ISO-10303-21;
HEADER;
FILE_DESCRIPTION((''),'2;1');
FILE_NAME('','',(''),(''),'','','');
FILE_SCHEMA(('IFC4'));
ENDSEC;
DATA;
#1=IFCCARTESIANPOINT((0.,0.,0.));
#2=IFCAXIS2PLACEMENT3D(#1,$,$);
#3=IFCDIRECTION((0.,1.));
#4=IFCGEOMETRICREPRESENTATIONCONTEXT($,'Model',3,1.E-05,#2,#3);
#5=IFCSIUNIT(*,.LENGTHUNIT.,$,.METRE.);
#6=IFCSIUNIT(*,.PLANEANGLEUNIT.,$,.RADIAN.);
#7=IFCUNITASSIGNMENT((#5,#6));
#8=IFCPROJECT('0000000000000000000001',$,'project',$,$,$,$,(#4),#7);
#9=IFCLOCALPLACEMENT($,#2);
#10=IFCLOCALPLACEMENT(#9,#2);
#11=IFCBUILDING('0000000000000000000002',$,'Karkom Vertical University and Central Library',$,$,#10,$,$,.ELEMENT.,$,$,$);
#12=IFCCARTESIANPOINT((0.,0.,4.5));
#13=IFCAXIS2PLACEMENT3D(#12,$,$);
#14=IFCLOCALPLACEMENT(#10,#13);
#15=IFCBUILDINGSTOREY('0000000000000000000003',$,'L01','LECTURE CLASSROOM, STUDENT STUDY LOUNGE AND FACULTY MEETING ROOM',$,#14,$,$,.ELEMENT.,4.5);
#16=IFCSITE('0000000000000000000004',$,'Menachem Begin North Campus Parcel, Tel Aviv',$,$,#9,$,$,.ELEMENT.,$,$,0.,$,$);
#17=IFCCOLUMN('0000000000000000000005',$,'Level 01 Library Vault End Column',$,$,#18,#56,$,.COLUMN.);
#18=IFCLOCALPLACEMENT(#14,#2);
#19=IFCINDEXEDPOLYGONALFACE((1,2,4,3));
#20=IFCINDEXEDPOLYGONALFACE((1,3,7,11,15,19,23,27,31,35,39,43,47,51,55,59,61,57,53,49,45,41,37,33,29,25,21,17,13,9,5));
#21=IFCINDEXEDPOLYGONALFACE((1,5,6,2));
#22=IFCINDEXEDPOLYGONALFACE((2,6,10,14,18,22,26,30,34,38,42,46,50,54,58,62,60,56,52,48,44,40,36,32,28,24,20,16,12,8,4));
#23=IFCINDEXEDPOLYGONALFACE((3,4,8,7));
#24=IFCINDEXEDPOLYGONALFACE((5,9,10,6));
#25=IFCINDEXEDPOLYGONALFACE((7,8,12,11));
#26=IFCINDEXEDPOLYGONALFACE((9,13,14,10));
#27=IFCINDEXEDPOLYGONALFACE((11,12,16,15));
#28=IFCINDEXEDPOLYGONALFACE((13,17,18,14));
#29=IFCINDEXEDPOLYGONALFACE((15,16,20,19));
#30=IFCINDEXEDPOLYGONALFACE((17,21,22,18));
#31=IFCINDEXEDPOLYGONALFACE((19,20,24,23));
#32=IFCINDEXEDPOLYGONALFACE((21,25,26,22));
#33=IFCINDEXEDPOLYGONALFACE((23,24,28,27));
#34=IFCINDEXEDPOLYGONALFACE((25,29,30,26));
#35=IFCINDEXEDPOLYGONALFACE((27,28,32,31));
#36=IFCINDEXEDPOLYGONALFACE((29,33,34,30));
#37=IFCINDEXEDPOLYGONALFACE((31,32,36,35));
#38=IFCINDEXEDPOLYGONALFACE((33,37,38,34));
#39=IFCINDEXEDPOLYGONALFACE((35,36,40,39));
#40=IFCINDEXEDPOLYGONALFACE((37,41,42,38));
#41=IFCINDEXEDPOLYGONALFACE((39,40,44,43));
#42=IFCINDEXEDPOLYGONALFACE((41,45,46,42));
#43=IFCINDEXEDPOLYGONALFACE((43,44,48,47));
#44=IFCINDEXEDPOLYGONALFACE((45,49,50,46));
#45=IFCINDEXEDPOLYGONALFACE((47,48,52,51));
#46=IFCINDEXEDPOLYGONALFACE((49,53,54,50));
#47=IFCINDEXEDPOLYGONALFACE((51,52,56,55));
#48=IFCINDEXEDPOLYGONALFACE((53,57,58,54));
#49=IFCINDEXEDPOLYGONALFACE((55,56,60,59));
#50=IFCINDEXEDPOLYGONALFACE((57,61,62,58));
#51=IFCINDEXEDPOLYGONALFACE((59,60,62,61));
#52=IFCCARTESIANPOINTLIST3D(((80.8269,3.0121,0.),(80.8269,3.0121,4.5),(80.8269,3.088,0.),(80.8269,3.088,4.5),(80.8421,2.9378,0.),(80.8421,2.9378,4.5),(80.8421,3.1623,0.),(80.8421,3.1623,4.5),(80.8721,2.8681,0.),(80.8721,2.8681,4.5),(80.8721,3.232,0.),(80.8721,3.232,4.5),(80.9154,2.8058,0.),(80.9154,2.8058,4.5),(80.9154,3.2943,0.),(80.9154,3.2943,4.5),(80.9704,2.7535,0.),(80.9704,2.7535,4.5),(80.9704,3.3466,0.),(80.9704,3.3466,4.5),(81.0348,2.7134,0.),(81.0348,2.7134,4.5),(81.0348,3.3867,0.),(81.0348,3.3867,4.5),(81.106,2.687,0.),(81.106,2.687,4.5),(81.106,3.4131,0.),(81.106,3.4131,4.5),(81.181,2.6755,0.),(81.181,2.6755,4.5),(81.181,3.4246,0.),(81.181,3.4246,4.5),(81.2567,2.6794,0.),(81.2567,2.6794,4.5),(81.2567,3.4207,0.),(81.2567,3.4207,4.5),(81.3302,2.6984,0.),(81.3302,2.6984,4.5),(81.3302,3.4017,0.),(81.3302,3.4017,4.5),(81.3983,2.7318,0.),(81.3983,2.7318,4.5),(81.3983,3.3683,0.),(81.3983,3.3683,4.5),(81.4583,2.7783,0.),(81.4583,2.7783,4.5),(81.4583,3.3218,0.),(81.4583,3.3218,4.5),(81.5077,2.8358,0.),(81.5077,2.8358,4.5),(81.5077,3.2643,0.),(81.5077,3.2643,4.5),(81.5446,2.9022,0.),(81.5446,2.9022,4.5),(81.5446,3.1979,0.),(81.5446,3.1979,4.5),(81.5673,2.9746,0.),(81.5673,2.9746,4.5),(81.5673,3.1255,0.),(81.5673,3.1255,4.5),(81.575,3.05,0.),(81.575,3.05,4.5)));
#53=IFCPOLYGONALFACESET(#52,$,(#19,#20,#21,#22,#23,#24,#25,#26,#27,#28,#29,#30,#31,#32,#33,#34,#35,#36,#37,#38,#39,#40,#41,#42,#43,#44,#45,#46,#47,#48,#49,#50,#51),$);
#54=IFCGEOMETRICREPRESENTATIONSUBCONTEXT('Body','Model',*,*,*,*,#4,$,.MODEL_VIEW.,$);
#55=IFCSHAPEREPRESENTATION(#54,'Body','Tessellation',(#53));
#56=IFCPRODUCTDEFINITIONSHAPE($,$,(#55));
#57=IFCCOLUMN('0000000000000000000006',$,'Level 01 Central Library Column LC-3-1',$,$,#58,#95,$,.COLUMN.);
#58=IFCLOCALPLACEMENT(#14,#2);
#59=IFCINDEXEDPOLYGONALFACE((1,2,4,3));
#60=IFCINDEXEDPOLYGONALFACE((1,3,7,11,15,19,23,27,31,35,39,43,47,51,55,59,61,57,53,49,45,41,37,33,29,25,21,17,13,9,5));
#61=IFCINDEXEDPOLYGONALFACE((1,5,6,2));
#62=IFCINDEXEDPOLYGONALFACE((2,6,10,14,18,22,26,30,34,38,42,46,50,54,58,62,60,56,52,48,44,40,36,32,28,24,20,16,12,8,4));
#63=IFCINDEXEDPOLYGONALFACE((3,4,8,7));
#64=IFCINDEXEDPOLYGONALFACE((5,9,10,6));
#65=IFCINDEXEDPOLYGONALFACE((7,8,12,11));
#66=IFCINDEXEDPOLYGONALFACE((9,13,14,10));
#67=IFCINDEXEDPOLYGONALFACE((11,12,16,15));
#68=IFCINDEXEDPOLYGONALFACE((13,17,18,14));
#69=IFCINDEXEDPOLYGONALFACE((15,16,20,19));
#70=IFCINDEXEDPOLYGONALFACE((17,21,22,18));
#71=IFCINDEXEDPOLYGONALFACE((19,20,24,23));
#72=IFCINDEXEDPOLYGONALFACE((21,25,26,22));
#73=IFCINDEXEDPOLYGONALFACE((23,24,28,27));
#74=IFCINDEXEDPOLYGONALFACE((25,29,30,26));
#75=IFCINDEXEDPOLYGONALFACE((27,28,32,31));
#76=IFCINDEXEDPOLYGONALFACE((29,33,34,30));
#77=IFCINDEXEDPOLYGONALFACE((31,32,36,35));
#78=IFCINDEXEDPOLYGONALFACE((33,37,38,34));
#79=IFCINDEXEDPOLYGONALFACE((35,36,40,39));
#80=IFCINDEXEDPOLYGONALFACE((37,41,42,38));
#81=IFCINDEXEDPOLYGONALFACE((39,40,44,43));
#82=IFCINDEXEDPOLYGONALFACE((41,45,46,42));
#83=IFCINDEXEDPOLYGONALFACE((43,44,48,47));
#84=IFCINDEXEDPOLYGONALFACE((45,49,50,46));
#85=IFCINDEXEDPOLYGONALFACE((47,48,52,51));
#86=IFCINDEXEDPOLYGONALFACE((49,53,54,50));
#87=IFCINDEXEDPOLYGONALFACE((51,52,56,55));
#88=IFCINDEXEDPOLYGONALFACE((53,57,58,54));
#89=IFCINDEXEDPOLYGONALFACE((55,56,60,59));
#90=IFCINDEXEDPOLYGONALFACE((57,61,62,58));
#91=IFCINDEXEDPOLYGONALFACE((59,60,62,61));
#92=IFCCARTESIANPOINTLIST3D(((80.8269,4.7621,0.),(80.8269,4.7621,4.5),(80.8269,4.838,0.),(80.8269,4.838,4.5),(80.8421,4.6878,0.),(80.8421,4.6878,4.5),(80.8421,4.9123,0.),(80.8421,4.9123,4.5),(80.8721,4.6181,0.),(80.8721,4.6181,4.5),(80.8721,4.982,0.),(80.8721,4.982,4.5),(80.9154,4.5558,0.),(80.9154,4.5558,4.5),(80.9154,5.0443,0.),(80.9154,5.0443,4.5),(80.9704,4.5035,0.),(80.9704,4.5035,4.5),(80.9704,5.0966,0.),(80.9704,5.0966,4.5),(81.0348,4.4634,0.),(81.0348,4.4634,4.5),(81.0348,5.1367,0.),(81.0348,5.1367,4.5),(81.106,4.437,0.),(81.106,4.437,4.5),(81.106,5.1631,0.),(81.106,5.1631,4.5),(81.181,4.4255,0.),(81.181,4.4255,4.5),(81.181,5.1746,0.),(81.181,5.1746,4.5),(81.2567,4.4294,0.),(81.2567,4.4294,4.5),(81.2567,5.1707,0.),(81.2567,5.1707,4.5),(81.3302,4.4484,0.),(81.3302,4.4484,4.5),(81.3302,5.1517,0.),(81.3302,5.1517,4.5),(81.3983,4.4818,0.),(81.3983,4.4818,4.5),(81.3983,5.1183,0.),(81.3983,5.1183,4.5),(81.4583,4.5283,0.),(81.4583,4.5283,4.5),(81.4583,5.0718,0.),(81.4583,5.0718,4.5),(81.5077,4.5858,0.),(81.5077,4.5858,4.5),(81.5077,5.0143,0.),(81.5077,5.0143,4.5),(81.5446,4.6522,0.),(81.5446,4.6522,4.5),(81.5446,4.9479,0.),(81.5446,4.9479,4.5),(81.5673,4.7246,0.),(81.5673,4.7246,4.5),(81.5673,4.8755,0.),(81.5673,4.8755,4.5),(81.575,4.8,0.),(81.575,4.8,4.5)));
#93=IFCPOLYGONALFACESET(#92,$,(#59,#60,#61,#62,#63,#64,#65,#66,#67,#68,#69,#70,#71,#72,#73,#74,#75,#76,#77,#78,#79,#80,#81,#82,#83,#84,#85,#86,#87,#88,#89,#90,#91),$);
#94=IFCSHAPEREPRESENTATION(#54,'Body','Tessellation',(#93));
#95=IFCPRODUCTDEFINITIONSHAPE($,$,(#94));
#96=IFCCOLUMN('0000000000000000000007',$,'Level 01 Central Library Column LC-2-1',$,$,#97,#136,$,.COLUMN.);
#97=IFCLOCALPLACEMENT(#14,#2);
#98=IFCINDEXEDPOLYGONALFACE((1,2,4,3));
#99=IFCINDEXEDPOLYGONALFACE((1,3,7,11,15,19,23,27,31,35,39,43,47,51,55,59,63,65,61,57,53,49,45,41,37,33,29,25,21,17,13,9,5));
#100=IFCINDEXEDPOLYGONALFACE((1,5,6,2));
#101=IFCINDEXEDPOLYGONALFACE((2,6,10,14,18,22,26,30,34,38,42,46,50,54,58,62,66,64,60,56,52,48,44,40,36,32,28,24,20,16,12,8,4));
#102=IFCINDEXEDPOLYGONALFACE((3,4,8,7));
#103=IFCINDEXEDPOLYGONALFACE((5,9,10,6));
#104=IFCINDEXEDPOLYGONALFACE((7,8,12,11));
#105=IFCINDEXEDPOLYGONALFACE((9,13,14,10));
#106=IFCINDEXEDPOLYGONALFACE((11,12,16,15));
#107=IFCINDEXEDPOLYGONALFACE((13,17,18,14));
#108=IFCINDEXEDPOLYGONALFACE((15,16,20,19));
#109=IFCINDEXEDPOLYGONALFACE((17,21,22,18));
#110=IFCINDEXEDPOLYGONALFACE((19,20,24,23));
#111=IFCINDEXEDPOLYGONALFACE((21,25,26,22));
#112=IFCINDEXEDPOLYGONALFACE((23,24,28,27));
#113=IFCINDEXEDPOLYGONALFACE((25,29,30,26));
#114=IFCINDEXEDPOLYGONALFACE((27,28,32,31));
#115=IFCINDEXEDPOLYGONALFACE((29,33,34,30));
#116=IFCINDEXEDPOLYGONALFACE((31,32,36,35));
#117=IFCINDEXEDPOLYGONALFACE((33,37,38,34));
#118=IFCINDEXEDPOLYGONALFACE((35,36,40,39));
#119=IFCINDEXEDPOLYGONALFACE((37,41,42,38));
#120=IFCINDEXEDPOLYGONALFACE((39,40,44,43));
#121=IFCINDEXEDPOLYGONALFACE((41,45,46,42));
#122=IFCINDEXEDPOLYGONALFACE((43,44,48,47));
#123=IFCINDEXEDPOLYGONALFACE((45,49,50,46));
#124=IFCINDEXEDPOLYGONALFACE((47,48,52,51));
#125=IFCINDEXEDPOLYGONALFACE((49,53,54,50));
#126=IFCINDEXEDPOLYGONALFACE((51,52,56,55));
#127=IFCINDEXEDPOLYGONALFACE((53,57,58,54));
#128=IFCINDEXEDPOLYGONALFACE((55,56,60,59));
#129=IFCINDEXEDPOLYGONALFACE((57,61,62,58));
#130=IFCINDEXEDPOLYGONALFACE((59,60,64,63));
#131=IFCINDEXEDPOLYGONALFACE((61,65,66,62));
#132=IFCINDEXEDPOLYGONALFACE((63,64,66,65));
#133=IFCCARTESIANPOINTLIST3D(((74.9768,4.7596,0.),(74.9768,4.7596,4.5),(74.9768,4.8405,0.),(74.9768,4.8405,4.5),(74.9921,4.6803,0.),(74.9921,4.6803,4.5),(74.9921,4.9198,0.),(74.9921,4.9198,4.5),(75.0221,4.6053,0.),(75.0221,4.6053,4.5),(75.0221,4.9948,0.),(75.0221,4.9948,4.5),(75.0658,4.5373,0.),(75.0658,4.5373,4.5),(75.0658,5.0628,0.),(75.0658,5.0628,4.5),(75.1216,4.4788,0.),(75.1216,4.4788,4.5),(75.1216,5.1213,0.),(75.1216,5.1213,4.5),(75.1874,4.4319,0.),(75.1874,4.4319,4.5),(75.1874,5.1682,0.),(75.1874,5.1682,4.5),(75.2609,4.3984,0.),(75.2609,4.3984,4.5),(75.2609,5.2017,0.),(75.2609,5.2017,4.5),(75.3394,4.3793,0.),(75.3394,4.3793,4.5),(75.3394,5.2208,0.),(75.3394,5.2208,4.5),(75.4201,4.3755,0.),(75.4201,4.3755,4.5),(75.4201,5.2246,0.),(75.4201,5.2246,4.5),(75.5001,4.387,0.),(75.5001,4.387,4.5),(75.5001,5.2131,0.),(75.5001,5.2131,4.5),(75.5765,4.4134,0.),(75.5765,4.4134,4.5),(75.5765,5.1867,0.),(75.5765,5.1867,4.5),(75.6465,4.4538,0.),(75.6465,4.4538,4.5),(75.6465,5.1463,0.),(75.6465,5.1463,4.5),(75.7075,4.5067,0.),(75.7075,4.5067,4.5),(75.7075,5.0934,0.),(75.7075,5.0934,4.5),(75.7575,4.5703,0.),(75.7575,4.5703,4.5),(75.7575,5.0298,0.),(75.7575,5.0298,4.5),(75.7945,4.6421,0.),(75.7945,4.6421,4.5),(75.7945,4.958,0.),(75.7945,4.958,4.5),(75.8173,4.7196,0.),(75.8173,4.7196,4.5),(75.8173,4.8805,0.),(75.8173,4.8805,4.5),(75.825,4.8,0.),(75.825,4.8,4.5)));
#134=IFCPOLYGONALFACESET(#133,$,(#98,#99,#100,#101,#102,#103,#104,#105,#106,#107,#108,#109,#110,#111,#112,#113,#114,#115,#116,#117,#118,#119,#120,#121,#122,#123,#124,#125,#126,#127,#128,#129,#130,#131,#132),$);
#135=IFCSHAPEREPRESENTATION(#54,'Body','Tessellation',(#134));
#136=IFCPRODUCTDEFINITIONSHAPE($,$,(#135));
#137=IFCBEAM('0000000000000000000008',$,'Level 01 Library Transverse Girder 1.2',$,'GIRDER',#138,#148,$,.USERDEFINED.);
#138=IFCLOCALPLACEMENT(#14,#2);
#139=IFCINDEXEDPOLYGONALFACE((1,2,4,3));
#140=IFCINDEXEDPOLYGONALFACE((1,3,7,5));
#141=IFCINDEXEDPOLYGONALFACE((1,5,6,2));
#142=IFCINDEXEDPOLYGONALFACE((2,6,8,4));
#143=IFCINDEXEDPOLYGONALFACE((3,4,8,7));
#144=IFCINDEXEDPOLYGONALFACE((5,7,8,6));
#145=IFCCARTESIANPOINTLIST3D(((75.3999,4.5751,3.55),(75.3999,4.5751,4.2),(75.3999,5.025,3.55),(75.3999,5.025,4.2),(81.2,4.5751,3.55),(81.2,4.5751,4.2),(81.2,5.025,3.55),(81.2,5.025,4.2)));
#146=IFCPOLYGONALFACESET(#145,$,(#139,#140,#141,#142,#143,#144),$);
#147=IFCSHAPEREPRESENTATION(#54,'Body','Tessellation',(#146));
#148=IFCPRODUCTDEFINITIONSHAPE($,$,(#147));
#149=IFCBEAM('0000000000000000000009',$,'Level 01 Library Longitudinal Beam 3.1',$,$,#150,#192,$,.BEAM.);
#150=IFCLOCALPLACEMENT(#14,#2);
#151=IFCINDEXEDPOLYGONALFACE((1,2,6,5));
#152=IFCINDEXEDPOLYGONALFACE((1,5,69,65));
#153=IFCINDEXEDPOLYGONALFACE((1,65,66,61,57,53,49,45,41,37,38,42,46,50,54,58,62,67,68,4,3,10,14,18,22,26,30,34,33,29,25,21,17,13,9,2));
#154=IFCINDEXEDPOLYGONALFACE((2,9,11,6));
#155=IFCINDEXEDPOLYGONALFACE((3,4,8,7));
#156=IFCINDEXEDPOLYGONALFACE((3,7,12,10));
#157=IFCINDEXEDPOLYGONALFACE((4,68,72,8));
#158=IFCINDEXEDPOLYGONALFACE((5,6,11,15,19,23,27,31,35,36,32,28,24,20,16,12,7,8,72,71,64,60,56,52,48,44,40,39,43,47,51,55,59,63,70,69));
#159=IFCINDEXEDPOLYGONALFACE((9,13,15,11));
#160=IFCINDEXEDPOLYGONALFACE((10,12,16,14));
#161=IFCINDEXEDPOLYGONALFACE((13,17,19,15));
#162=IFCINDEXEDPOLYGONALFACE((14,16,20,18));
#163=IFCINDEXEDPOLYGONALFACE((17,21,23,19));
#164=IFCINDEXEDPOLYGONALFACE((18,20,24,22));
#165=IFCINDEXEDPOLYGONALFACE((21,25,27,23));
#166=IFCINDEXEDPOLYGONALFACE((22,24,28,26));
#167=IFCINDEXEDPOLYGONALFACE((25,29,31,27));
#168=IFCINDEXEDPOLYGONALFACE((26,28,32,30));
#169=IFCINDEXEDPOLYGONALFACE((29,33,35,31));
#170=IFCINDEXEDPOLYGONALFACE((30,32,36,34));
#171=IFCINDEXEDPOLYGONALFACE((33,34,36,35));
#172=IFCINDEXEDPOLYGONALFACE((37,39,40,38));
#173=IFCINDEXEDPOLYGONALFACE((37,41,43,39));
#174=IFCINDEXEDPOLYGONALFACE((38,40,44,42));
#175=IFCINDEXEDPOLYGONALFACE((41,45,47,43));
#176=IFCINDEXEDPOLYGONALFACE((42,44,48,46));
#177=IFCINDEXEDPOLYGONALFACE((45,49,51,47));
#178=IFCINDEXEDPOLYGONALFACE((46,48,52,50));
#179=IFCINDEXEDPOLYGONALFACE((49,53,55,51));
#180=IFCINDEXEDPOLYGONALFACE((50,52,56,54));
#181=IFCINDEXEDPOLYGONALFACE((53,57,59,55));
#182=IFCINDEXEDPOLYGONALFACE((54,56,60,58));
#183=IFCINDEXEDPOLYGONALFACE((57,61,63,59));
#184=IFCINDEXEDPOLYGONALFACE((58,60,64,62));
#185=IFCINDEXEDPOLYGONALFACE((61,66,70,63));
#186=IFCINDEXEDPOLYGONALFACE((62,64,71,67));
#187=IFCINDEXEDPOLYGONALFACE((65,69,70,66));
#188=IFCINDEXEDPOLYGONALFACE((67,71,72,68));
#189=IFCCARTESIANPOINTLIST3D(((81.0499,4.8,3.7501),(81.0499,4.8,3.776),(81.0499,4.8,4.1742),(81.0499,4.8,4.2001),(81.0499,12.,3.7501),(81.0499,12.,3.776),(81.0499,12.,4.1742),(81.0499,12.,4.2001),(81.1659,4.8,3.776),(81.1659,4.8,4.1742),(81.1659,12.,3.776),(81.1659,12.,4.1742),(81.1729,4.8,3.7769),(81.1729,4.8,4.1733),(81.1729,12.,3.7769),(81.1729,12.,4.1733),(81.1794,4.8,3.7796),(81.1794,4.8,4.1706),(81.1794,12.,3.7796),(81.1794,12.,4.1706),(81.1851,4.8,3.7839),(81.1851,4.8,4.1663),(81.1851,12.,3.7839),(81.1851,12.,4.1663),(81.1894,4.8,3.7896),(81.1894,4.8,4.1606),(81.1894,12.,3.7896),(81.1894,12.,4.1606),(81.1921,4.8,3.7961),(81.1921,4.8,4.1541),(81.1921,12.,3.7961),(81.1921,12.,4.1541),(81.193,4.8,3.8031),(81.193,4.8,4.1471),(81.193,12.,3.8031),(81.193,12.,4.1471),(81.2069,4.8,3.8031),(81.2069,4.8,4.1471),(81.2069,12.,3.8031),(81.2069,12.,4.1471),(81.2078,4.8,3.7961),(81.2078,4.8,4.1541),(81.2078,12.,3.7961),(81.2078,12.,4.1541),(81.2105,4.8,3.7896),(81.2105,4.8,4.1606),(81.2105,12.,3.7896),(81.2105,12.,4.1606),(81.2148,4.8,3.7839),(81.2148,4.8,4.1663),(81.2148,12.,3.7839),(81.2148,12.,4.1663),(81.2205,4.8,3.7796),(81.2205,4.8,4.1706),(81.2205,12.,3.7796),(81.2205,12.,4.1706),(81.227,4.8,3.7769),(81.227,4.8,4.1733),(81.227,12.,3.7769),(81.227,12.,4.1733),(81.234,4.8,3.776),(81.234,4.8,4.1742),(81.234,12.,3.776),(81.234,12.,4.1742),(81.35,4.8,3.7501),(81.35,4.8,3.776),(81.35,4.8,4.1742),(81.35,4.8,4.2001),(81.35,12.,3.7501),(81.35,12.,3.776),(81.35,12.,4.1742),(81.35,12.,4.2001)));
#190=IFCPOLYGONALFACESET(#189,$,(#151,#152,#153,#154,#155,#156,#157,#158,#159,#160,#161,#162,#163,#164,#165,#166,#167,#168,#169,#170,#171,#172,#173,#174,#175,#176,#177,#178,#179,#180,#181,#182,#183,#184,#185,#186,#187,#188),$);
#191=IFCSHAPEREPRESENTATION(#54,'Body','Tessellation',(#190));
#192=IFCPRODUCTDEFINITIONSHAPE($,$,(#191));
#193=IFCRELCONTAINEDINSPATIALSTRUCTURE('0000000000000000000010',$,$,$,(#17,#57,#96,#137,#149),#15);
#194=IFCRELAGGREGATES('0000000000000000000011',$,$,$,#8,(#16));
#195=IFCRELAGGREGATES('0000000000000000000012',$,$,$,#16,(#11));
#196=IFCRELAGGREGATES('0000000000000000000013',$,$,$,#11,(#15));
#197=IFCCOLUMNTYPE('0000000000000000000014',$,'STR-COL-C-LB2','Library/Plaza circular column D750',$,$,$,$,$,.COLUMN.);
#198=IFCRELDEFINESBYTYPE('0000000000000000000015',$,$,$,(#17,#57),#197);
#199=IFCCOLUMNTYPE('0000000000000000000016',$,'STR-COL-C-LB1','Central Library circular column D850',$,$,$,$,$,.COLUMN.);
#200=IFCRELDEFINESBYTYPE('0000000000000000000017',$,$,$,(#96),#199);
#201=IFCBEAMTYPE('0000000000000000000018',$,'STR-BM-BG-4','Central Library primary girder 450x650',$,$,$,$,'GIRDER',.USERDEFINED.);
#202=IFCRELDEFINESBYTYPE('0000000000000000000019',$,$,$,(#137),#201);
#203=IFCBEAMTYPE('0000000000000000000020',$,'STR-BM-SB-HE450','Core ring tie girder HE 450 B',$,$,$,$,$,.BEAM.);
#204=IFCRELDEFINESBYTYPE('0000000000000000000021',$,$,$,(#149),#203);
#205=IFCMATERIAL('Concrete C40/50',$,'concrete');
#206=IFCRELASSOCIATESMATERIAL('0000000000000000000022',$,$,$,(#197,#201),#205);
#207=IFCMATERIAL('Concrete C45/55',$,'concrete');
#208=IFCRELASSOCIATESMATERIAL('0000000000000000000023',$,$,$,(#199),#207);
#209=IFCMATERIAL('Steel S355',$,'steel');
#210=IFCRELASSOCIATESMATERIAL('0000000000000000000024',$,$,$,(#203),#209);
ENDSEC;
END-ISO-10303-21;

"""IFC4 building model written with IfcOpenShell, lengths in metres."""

from ifc_helpers import new_model, si_unit, direction, frame, origin, origin_with_axes, origin_2d, place, context, subcontext, project, spatial, rectangle, circle, i_section, extrude, source, transform, mapped, material, material_profile, profile_set, type_object, element, save


model = new_model("IFC4")

# Units and contexts
model_context = context("Model", 3, precision=1e-05, world=origin(), true_north=direction((0.0, 1.0)))
body_context = subcontext(model_context, "Body", "Model", "MODEL_VIEW")
ifc_project = project(units=[si_unit("LENGTHUNIT", "METRE"), si_unit("PLANEANGLEUNIT", "RADIAN")], contexts=[model_context])

# Site, building, storey
site_placement = place(None, origin())
site = spatial("IfcSite", under=ifc_project, at=site_placement, Name="Menachem Begin North Campus Parcel, Tel Aviv", CompositionType="ELEMENT", RefElevation=0.0)
building_placement = place(site_placement, origin())
building = spatial("IfcBuilding", under=site, at=building_placement, Name="Karkom Vertical University and Central Library", CompositionType="ELEMENT")
storey_placement = place(building_placement, frame((0.0, 0.0, 4.5)))
storey = spatial("IfcBuildingStorey", under=building, at=storey_placement, Name="L01", Description="LECTURE CLASSROOM, STUDENT STUDY LOUNGE AND FACULTY MEETING ROOM", CompositionType="ELEMENT", Elevation=4.5)

# Columns
ifc_material_1 = material(Name="Concrete C40/50", Category="concrete")
ifc_material_profile_1 = material_profile(ifc_material_1, circle(Radius=0.375, at=origin_2d()), Name="RC-D750")
ifc_profile_set_1 = profile_set([ifc_material_profile_1], Name="Concrete C40/50")
column_type_1 = type_object("IfcColumnType", Name="STR-COL-C-LB2", Description="Library/Plaza circular column D750", PredefinedType="COLUMN", material=ifc_profile_set_1)
shared_shape_1 = source(origin_with_axes(), body_context, "Body", "SweptSolid", [
    extrude(circle(Radius=0.375, at=origin_2d()), origin(), (0.0, 0.0, 1.0), 4.5),
])
for number, where, z_axis, x_axis, name in (
    (1, (81.2, 3.05, 0.0), (0.0, 0.0, 1.0), (1.0, 0.0, 0.0), "Level 01 Library Vault End Column"),
    (2, (81.2, 4.8, 0.0), (0.0, 0.0, 1.0), (1.0, 0.0, 0.0), "Level 01 Central Library Column LC-3-1"),
):
    element("IfcColumn", number, at=place(storey_placement, frame(where, z_axis=z_axis, x_axis=x_axis)), inside=storey, type_object=column_type_1, Name=name, PredefinedType="COLUMN", context=body_context, shape_type="MappedRepresentation", body=[
        mapped(shared_shape_1, transform((0.0, 0.0, 0.0), scale=1.0)),
    ])
ifc_material_2 = material(Name="Concrete C45/55", Category="concrete")
ifc_material_profile_2 = material_profile(ifc_material_2, circle(Radius=0.425, at=origin_2d()), Name="RC-D850")
ifc_profile_set_2 = profile_set([ifc_material_profile_2], Name="Concrete C45/55")
column_type_2 = type_object("IfcColumnType", Name="STR-COL-C-LB1", Description="Central Library circular column D850", PredefinedType="COLUMN", material=ifc_profile_set_2)
shared_shape_2 = source(origin_with_axes(), body_context, "Body", "SweptSolid", [
    extrude(circle(Radius=0.425, at=origin_2d()), origin(), (0.0, 0.0, 1.0), 4.5),
])
column_placement = place(storey_placement, frame((75.3999, 4.8, 0.0), z_axis=(0.0, 0.0, 1.0), x_axis=(1.0, 0.0, 0.0)))
element("IfcColumn", 3, at=column_placement, inside=storey, type_object=column_type_2, Name="Level 01 Central Library Column LC-2-1", PredefinedType="COLUMN", context=body_context, shape_type="MappedRepresentation", body=[
    mapped(shared_shape_2, transform((0.0, 0.0, 0.0), scale=1.0)),
])

# Beams
ifc_material_profile_3 = material_profile(ifc_material_1, rectangle(XDim=0.45, YDim=0.6499, at=origin_2d()), Name="RCB-450x650")
ifc_profile_set_3 = profile_set([ifc_material_profile_3], Name="Concrete C40/50")
beam_type_1 = type_object("IfcBeamType", Name="STR-BM-BG-4", Description="Central Library primary girder 450x650", ElementType="GIRDER", PredefinedType="USERDEFINED", material=ifc_profile_set_3)
shared_shape_3 = source(origin_with_axes(), body_context, "Body", "SweptSolid", [
    extrude(rectangle(XDim=0.45, YDim=0.6499, at=origin_2d()), origin(), (0.0, 0.0, 1.0), 5.8),
])
beam_1_placement = place(storey_placement, frame((75.3999, 4.8, 3.875), z_axis=(1.0, 0.0, 0.0), x_axis=(0.0, 1.0, 0.0)))
element("IfcBeam", 4, at=beam_1_placement, inside=storey, type_object=beam_type_1, Name="Level 01 Library Transverse Girder 1.2", ObjectType="GIRDER", PredefinedType="USERDEFINED", context=body_context, shape_type="MappedRepresentation", body=[
    mapped(shared_shape_3, transform((0.0, 0.0, 0.0), scale=1.0)),
])
ifc_material_3 = material(Name="Steel S355", Category="steel")
ifc_material_profile_4 = material_profile(ifc_material_3, i_section(OverallWidth=0.3, OverallDepth=0.45, WebThickness=0.0139, FlangeThickness=0.0259, FilletRadius=0.0271, at=origin_2d()), Name="HE 450 B")
ifc_profile_set_4 = profile_set([ifc_material_profile_4], Name="Steel S355")
beam_type_2 = type_object("IfcBeamType", Name="STR-BM-SB-HE450", Description="Core ring tie girder HE 450 B", PredefinedType="BEAM", material=ifc_profile_set_4)
shared_shape_4 = source(origin_with_axes(), body_context, "Body", "SweptSolid", [
    extrude(i_section(OverallWidth=0.3, OverallDepth=0.45, WebThickness=0.0139, FlangeThickness=0.0259, FilletRadius=0.0271, at=origin_2d()), origin(), (0.0, 0.0, 1.0), 7.2),
])
beam_2_placement = place(storey_placement, frame((81.2, 4.8, 3.9751), z_axis=(0.0, 1.0, 0.0), x_axis=(-1.0, 0.0, 0.0)))
element("IfcBeam", 5, at=beam_2_placement, inside=storey, type_object=beam_type_2, Name="Level 01 Library Longitudinal Beam 3.1", PredefinedType="BEAM", context=body_context, shape_type="MappedRepresentation", body=[
    mapped(shared_shape_4, transform((0.0, 0.0, 0.0), scale=1.0)),
])

save(model, "model.ifc")
